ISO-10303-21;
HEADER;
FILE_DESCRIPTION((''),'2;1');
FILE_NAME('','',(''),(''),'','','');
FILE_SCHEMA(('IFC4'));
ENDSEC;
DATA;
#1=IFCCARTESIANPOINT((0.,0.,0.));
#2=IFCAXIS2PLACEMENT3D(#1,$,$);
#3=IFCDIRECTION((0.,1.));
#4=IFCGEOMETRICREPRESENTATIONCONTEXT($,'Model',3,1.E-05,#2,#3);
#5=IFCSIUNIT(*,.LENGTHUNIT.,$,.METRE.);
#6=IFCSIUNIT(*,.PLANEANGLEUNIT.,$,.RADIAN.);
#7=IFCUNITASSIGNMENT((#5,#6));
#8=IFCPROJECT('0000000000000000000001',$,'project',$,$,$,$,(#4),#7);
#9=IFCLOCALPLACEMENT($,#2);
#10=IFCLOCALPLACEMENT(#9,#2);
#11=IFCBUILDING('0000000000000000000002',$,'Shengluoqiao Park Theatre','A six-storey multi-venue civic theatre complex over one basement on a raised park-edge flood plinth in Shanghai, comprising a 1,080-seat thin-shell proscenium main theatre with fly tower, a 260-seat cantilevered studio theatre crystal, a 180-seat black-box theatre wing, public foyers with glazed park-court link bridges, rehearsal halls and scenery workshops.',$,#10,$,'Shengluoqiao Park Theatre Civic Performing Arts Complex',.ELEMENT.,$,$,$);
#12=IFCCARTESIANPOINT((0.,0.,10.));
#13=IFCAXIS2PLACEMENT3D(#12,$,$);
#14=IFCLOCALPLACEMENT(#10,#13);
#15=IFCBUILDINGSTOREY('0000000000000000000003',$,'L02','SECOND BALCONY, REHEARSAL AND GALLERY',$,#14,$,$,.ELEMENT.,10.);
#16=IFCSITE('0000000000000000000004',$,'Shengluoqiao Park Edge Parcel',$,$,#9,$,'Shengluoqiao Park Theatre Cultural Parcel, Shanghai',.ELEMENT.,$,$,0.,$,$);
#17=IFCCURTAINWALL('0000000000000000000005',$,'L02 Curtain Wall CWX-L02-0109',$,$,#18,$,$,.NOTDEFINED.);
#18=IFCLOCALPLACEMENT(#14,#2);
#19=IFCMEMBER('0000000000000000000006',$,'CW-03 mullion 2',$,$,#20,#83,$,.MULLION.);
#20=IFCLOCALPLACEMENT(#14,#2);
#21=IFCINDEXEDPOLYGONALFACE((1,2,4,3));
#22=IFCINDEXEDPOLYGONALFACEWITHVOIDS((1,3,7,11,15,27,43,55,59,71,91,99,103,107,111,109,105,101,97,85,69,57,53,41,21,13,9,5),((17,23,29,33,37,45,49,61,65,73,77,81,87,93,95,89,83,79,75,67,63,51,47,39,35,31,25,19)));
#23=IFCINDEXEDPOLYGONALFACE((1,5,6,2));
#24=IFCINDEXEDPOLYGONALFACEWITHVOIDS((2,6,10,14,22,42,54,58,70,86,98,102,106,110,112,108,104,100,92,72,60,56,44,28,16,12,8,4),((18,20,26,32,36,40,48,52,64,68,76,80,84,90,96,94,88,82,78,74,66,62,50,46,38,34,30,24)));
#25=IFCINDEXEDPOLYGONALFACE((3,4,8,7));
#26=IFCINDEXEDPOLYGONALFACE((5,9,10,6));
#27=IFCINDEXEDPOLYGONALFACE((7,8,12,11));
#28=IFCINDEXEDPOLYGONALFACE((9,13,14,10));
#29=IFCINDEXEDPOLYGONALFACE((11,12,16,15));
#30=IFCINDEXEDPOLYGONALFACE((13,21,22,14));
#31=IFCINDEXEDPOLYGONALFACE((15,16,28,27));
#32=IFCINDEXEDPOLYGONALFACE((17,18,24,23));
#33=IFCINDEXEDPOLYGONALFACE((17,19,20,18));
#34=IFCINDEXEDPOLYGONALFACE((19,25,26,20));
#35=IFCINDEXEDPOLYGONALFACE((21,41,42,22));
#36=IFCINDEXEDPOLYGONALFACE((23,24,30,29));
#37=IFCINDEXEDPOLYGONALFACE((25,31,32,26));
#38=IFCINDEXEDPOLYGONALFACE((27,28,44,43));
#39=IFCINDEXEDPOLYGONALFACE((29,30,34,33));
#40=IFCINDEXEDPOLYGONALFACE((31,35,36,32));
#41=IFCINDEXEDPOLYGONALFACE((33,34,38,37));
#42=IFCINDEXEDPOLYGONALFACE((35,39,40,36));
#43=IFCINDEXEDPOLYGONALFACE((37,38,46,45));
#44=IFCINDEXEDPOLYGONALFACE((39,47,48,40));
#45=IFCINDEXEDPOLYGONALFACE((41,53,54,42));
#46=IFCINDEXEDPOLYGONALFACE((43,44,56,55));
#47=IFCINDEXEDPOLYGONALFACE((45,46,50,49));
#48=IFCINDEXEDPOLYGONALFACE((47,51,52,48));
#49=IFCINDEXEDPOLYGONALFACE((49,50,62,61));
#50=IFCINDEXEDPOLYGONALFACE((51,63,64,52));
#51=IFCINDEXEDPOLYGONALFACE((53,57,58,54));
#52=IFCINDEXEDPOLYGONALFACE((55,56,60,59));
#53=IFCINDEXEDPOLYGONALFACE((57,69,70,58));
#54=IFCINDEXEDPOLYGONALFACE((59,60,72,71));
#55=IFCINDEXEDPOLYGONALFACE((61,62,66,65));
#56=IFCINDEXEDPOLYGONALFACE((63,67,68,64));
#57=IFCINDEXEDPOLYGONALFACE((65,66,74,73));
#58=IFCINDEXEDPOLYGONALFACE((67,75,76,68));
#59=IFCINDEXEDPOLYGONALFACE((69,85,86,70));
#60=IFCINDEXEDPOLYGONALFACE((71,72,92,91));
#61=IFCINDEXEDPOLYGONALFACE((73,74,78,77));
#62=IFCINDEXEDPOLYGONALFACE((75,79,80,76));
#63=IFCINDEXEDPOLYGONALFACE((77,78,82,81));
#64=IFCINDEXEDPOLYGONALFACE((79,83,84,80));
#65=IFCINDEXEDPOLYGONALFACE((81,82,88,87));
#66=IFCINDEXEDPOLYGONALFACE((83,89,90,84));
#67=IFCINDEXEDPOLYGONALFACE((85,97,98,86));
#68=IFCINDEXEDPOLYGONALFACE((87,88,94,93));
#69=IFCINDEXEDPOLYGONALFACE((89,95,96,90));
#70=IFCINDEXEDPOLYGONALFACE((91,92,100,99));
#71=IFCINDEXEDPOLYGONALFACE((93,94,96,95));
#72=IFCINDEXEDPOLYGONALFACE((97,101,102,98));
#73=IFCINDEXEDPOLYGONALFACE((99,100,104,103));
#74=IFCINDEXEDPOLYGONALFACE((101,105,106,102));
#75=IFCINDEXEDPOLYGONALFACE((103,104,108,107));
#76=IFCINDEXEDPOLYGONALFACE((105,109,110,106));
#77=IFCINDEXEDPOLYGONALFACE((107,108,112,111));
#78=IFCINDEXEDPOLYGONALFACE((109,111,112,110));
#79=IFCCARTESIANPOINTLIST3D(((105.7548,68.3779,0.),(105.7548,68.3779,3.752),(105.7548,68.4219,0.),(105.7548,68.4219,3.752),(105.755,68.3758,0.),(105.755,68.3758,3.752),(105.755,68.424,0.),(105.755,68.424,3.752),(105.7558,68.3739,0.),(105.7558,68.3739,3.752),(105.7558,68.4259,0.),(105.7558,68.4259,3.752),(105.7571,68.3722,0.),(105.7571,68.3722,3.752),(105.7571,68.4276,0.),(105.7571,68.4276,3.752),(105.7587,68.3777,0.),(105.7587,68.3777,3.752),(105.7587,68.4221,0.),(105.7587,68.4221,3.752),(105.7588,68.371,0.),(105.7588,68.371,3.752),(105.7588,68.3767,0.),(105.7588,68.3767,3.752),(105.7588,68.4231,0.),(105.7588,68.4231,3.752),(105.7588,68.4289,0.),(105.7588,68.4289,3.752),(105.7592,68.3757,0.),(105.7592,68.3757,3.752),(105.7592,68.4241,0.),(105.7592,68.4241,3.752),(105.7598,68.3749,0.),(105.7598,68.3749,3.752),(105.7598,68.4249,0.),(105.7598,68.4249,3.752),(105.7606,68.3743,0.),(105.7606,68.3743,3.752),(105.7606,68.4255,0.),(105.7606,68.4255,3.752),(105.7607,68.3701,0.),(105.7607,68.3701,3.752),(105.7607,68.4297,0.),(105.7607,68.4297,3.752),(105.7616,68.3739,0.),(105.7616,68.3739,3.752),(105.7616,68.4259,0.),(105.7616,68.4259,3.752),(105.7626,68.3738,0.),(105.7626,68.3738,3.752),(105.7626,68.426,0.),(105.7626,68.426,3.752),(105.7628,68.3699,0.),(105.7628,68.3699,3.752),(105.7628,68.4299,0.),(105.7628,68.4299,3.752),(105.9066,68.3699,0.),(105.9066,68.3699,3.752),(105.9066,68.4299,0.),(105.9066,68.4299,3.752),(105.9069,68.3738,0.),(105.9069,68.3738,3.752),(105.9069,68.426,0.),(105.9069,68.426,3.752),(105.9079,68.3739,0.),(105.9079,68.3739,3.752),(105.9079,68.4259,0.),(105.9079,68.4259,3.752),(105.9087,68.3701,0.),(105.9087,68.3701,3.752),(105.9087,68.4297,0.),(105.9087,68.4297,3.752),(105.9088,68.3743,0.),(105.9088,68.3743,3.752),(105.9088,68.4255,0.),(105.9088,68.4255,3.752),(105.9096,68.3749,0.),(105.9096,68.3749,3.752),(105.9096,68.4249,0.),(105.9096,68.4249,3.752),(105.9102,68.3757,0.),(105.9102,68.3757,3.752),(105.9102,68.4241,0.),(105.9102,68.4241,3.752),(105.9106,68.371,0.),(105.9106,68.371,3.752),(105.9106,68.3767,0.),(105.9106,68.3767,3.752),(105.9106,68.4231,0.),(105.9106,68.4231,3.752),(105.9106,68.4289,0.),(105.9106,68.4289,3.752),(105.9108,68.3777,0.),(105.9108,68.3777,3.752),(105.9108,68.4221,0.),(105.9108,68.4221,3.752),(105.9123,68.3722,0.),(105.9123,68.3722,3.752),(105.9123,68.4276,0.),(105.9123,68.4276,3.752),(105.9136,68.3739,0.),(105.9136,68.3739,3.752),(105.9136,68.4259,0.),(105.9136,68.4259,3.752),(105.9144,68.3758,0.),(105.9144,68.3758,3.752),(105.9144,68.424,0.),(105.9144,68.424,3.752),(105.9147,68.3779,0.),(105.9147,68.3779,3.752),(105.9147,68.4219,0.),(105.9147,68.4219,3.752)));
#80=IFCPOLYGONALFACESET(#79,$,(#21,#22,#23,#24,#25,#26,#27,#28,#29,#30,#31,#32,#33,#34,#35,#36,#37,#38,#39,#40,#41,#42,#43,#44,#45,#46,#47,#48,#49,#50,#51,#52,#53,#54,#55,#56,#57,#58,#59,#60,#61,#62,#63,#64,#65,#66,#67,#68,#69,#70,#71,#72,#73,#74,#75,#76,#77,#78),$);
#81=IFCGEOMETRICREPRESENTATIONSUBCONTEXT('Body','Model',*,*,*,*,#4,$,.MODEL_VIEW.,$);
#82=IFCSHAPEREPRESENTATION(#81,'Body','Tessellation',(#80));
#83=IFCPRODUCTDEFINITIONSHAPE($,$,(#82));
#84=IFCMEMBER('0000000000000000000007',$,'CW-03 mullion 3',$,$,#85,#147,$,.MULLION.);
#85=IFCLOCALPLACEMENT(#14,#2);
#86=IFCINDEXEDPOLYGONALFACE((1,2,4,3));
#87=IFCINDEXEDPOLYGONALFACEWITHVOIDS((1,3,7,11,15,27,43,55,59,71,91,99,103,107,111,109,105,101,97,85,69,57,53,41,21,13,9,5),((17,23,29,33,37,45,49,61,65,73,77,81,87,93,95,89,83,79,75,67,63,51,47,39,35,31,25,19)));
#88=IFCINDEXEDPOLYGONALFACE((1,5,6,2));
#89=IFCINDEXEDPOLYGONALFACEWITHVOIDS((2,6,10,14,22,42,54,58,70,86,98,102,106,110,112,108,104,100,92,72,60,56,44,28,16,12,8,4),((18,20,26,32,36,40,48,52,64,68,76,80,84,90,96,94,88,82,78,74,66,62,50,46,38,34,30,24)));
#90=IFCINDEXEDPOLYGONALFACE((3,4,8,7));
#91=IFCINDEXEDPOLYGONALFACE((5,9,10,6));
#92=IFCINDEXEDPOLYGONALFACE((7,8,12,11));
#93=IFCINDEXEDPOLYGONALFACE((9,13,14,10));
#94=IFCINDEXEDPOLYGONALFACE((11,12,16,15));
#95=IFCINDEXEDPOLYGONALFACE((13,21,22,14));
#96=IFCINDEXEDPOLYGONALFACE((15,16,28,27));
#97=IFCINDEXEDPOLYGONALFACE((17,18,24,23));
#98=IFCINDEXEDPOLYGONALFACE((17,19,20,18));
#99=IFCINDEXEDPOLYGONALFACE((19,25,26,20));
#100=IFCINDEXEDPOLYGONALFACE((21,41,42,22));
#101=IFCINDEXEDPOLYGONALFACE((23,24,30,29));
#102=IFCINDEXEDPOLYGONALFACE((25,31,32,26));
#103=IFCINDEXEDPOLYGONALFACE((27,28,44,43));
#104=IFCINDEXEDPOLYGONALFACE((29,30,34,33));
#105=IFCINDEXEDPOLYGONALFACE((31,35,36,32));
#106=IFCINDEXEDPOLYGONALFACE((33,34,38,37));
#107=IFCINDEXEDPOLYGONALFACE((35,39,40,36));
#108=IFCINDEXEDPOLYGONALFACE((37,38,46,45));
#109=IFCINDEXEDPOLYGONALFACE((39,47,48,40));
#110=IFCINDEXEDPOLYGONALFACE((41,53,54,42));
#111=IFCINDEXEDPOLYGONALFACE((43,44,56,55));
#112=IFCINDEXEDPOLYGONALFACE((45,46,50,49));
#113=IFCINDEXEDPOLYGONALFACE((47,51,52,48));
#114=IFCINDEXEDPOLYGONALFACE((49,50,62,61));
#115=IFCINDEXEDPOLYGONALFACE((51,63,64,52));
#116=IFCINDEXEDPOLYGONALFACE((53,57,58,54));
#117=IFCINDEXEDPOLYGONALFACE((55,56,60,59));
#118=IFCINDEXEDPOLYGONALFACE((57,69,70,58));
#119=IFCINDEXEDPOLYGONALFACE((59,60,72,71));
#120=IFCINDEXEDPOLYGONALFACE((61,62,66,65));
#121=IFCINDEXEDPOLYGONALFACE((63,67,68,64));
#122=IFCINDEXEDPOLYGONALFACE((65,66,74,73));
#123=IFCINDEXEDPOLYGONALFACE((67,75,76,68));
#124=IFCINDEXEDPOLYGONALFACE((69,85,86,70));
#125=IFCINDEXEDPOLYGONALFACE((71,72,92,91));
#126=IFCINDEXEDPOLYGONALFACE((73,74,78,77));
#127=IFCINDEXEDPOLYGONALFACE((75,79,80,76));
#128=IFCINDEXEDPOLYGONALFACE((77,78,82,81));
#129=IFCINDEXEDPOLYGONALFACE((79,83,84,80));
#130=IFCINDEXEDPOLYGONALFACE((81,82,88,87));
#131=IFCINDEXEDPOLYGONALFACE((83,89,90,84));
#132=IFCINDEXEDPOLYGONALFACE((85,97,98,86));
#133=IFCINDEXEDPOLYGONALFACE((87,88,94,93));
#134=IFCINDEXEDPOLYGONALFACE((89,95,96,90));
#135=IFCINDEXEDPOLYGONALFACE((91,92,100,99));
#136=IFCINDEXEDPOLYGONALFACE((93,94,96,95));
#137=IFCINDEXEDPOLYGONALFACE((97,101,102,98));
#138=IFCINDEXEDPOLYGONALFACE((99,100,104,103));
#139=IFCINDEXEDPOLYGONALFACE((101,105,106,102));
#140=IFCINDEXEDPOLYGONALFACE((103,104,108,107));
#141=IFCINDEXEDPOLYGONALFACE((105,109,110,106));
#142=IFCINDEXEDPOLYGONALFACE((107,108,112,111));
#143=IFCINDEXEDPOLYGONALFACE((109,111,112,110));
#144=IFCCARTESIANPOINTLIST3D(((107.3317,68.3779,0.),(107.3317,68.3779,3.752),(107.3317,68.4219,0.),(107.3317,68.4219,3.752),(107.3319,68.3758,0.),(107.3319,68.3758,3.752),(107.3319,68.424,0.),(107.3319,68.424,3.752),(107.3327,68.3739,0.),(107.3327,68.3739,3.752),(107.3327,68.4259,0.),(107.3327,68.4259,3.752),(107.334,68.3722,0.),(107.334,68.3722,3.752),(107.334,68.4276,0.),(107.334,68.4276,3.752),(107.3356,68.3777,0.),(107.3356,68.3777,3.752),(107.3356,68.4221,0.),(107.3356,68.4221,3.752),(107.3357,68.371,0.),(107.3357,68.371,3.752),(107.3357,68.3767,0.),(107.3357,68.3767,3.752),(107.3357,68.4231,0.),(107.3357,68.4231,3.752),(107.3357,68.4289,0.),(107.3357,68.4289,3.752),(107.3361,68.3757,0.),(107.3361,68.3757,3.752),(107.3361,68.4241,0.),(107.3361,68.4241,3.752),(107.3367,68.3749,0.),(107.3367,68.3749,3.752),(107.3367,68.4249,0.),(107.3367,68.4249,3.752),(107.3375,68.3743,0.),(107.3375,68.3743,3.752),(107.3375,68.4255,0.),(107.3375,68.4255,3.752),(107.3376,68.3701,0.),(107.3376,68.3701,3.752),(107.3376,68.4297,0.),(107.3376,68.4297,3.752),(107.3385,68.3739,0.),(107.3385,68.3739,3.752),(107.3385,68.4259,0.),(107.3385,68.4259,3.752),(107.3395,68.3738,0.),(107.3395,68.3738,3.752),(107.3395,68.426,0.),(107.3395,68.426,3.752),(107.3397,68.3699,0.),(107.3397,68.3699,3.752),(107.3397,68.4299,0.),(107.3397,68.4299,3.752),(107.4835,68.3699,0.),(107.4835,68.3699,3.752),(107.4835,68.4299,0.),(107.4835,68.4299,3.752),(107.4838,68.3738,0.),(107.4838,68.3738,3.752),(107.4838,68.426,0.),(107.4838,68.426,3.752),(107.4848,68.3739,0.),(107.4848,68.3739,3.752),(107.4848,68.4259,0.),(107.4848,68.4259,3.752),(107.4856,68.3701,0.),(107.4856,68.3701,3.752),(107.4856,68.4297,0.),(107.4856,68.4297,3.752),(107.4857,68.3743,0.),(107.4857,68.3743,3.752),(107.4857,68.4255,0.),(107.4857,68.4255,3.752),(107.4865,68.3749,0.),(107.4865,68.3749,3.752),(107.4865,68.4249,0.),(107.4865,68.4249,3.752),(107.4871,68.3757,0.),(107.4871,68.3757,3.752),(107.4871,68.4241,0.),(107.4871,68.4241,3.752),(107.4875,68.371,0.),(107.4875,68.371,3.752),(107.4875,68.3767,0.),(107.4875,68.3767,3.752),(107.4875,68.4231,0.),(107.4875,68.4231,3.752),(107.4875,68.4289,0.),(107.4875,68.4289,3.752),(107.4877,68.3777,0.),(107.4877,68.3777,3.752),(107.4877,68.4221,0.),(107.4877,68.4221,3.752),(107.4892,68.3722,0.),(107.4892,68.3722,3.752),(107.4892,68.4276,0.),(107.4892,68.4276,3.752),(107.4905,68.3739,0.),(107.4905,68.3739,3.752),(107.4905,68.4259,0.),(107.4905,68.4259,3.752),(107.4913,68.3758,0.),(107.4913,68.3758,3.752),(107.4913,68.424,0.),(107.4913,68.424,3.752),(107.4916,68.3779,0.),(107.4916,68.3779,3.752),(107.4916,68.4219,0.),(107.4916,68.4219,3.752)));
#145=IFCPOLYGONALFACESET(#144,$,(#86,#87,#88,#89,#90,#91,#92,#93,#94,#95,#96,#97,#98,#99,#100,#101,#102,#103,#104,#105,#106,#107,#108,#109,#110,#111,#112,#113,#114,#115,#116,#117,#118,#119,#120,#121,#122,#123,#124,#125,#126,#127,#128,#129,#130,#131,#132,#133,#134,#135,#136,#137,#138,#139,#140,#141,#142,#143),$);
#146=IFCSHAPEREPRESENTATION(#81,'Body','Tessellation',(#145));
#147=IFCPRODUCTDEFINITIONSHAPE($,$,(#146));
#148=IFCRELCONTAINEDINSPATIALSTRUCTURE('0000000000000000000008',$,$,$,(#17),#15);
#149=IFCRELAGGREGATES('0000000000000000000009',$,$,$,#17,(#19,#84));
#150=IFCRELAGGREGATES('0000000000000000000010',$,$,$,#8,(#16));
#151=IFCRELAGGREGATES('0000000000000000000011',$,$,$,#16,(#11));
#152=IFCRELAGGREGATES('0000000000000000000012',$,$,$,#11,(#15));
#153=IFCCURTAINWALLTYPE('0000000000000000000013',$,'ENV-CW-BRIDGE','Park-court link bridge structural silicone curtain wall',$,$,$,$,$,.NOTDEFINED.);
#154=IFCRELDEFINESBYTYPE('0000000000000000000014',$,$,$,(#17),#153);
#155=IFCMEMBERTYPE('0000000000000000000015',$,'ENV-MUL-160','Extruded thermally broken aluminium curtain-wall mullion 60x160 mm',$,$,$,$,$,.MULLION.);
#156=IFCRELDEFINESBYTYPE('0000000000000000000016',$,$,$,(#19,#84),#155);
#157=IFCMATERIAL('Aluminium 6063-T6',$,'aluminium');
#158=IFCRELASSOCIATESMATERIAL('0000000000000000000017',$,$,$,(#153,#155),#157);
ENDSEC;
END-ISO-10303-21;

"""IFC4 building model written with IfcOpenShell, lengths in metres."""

from ifc_helpers import new_model, si_unit, direction, frame, origin, origin_2d, place, context, subcontext, project, spatial, hollow_rectangle, extrude, material, material_profile, profile_set, type_object, element, aggregate, save


model = new_model("IFC4")

# Units and contexts
model_context = context("Model", 3, precision=1e-05, world=origin(), true_north=direction((0.0, 1.0)))
body_context = subcontext(model_context, "Body", "Model", "MODEL_VIEW")
ifc_project = project(units=[si_unit("LENGTHUNIT", "METRE"), si_unit("PLANEANGLEUNIT", "RADIAN")], contexts=[model_context])

# Site, building, storey
site_placement = place(None, origin())
site = spatial("IfcSite", under=ifc_project, at=site_placement, Name="Shengluoqiao Park Edge Parcel", LongName="Shengluoqiao Park Theatre Cultural Parcel, Shanghai", CompositionType="ELEMENT", RefElevation=0.0)
building_placement = place(site_placement, origin())
building = spatial("IfcBuilding", under=site, at=building_placement, Name="Shengluoqiao Park Theatre", Description="A six-storey multi-venue civic theatre complex over one basement on a raised park-edge flood plinth in Shanghai, comprising a 1,080-seat thin-shell proscenium main theatre with fly tower, a 260-seat cantilevered studio theatre crystal, a 180-seat black-box theatre wing, public foyers with glazed park-court link bridges, rehearsal halls and scenery workshops.", LongName="Shengluoqiao Park Theatre Civic Performing Arts Complex", CompositionType="ELEMENT")
storey_placement = place(building_placement, frame((0.0, 0.0, 10.0)))
storey = spatial("IfcBuildingStorey", under=building, at=storey_placement, Name="L02", Description="SECOND BALCONY, REHEARSAL AND GALLERY", CompositionType="ELEMENT", Elevation=10.0)

# Curtain wall, members
ifc_material_1 = material(Name="Aluminium 6063-T6", Category="aluminium")
curtain_wall_type = type_object("IfcCurtainWallType", Name="ENV-CW-BRIDGE", Description="Park-court link bridge structural silicone curtain wall", PredefinedType="NOTDEFINED", material=ifc_material_1)
curtain_wall_placement = place(storey_placement, origin())
curtain_wall = element("IfcCurtainWall", 1, at=curtain_wall_placement, inside=storey, type_object=curtain_wall_type, Name="L02 Curtain Wall CWX-L02-0109", PredefinedType="NOTDEFINED")
ifc_material_profile_1 = material_profile(ifc_material_1, hollow_rectangle(XDim=0.0601, YDim=0.1599, WallThickness=0.0039, InnerFilletRadius=0.0039, OuterFilletRadius=0.0081, at=origin_2d()), Name="ALU MULLION 160x60x4")
ifc_profile_set_1 = profile_set([ifc_material_profile_1], Name="Aluminium 6063-T6")
member_type_1 = type_object("IfcMemberType", Name="ENV-MUL-160", Description="Extruded thermally broken aluminium curtain-wall mullion 60x160 mm", PredefinedType="MULLION", material=ifc_profile_set_1)
member_1_placement = place(storey_placement, frame((105.8347, 68.3999, 0.0), z_axis=(0.0, 0.0, 1.0), x_axis=(0.0, 1.0, 0.0)))
member_1 = element("IfcMember", 2, at=member_1_placement, type_object=member_type_1, Name="CW-03 mullion 2", PredefinedType="MULLION", context=body_context, shape_type="SweptSolid", body=[
    extrude(hollow_rectangle(XDim=0.0601, YDim=0.1599, WallThickness=0.0039, InnerFilletRadius=0.0039, OuterFilletRadius=0.0081, at=origin_2d()), origin(), (0.0, 0.0, 1.0), 3.752),
])
member_2_placement = place(storey_placement, frame((107.4116, 68.3999, 0.0), z_axis=(0.0, 0.0, 1.0), x_axis=(0.0, 1.0, 0.0)))
member_2 = element("IfcMember", 3, at=member_2_placement, type_object=member_type_1, Name="CW-03 mullion 3", PredefinedType="MULLION", context=body_context, shape_type="SweptSolid", body=[
    extrude(hollow_rectangle(XDim=0.0601, YDim=0.1599, WallThickness=0.0039, InnerFilletRadius=0.0039, OuterFilletRadius=0.0081, at=origin_2d()), origin(), (0.0, 0.0, 1.0), 3.752),
])
aggregate(curtain_wall, [member_1, member_2])

save(model, "model.ifc")
